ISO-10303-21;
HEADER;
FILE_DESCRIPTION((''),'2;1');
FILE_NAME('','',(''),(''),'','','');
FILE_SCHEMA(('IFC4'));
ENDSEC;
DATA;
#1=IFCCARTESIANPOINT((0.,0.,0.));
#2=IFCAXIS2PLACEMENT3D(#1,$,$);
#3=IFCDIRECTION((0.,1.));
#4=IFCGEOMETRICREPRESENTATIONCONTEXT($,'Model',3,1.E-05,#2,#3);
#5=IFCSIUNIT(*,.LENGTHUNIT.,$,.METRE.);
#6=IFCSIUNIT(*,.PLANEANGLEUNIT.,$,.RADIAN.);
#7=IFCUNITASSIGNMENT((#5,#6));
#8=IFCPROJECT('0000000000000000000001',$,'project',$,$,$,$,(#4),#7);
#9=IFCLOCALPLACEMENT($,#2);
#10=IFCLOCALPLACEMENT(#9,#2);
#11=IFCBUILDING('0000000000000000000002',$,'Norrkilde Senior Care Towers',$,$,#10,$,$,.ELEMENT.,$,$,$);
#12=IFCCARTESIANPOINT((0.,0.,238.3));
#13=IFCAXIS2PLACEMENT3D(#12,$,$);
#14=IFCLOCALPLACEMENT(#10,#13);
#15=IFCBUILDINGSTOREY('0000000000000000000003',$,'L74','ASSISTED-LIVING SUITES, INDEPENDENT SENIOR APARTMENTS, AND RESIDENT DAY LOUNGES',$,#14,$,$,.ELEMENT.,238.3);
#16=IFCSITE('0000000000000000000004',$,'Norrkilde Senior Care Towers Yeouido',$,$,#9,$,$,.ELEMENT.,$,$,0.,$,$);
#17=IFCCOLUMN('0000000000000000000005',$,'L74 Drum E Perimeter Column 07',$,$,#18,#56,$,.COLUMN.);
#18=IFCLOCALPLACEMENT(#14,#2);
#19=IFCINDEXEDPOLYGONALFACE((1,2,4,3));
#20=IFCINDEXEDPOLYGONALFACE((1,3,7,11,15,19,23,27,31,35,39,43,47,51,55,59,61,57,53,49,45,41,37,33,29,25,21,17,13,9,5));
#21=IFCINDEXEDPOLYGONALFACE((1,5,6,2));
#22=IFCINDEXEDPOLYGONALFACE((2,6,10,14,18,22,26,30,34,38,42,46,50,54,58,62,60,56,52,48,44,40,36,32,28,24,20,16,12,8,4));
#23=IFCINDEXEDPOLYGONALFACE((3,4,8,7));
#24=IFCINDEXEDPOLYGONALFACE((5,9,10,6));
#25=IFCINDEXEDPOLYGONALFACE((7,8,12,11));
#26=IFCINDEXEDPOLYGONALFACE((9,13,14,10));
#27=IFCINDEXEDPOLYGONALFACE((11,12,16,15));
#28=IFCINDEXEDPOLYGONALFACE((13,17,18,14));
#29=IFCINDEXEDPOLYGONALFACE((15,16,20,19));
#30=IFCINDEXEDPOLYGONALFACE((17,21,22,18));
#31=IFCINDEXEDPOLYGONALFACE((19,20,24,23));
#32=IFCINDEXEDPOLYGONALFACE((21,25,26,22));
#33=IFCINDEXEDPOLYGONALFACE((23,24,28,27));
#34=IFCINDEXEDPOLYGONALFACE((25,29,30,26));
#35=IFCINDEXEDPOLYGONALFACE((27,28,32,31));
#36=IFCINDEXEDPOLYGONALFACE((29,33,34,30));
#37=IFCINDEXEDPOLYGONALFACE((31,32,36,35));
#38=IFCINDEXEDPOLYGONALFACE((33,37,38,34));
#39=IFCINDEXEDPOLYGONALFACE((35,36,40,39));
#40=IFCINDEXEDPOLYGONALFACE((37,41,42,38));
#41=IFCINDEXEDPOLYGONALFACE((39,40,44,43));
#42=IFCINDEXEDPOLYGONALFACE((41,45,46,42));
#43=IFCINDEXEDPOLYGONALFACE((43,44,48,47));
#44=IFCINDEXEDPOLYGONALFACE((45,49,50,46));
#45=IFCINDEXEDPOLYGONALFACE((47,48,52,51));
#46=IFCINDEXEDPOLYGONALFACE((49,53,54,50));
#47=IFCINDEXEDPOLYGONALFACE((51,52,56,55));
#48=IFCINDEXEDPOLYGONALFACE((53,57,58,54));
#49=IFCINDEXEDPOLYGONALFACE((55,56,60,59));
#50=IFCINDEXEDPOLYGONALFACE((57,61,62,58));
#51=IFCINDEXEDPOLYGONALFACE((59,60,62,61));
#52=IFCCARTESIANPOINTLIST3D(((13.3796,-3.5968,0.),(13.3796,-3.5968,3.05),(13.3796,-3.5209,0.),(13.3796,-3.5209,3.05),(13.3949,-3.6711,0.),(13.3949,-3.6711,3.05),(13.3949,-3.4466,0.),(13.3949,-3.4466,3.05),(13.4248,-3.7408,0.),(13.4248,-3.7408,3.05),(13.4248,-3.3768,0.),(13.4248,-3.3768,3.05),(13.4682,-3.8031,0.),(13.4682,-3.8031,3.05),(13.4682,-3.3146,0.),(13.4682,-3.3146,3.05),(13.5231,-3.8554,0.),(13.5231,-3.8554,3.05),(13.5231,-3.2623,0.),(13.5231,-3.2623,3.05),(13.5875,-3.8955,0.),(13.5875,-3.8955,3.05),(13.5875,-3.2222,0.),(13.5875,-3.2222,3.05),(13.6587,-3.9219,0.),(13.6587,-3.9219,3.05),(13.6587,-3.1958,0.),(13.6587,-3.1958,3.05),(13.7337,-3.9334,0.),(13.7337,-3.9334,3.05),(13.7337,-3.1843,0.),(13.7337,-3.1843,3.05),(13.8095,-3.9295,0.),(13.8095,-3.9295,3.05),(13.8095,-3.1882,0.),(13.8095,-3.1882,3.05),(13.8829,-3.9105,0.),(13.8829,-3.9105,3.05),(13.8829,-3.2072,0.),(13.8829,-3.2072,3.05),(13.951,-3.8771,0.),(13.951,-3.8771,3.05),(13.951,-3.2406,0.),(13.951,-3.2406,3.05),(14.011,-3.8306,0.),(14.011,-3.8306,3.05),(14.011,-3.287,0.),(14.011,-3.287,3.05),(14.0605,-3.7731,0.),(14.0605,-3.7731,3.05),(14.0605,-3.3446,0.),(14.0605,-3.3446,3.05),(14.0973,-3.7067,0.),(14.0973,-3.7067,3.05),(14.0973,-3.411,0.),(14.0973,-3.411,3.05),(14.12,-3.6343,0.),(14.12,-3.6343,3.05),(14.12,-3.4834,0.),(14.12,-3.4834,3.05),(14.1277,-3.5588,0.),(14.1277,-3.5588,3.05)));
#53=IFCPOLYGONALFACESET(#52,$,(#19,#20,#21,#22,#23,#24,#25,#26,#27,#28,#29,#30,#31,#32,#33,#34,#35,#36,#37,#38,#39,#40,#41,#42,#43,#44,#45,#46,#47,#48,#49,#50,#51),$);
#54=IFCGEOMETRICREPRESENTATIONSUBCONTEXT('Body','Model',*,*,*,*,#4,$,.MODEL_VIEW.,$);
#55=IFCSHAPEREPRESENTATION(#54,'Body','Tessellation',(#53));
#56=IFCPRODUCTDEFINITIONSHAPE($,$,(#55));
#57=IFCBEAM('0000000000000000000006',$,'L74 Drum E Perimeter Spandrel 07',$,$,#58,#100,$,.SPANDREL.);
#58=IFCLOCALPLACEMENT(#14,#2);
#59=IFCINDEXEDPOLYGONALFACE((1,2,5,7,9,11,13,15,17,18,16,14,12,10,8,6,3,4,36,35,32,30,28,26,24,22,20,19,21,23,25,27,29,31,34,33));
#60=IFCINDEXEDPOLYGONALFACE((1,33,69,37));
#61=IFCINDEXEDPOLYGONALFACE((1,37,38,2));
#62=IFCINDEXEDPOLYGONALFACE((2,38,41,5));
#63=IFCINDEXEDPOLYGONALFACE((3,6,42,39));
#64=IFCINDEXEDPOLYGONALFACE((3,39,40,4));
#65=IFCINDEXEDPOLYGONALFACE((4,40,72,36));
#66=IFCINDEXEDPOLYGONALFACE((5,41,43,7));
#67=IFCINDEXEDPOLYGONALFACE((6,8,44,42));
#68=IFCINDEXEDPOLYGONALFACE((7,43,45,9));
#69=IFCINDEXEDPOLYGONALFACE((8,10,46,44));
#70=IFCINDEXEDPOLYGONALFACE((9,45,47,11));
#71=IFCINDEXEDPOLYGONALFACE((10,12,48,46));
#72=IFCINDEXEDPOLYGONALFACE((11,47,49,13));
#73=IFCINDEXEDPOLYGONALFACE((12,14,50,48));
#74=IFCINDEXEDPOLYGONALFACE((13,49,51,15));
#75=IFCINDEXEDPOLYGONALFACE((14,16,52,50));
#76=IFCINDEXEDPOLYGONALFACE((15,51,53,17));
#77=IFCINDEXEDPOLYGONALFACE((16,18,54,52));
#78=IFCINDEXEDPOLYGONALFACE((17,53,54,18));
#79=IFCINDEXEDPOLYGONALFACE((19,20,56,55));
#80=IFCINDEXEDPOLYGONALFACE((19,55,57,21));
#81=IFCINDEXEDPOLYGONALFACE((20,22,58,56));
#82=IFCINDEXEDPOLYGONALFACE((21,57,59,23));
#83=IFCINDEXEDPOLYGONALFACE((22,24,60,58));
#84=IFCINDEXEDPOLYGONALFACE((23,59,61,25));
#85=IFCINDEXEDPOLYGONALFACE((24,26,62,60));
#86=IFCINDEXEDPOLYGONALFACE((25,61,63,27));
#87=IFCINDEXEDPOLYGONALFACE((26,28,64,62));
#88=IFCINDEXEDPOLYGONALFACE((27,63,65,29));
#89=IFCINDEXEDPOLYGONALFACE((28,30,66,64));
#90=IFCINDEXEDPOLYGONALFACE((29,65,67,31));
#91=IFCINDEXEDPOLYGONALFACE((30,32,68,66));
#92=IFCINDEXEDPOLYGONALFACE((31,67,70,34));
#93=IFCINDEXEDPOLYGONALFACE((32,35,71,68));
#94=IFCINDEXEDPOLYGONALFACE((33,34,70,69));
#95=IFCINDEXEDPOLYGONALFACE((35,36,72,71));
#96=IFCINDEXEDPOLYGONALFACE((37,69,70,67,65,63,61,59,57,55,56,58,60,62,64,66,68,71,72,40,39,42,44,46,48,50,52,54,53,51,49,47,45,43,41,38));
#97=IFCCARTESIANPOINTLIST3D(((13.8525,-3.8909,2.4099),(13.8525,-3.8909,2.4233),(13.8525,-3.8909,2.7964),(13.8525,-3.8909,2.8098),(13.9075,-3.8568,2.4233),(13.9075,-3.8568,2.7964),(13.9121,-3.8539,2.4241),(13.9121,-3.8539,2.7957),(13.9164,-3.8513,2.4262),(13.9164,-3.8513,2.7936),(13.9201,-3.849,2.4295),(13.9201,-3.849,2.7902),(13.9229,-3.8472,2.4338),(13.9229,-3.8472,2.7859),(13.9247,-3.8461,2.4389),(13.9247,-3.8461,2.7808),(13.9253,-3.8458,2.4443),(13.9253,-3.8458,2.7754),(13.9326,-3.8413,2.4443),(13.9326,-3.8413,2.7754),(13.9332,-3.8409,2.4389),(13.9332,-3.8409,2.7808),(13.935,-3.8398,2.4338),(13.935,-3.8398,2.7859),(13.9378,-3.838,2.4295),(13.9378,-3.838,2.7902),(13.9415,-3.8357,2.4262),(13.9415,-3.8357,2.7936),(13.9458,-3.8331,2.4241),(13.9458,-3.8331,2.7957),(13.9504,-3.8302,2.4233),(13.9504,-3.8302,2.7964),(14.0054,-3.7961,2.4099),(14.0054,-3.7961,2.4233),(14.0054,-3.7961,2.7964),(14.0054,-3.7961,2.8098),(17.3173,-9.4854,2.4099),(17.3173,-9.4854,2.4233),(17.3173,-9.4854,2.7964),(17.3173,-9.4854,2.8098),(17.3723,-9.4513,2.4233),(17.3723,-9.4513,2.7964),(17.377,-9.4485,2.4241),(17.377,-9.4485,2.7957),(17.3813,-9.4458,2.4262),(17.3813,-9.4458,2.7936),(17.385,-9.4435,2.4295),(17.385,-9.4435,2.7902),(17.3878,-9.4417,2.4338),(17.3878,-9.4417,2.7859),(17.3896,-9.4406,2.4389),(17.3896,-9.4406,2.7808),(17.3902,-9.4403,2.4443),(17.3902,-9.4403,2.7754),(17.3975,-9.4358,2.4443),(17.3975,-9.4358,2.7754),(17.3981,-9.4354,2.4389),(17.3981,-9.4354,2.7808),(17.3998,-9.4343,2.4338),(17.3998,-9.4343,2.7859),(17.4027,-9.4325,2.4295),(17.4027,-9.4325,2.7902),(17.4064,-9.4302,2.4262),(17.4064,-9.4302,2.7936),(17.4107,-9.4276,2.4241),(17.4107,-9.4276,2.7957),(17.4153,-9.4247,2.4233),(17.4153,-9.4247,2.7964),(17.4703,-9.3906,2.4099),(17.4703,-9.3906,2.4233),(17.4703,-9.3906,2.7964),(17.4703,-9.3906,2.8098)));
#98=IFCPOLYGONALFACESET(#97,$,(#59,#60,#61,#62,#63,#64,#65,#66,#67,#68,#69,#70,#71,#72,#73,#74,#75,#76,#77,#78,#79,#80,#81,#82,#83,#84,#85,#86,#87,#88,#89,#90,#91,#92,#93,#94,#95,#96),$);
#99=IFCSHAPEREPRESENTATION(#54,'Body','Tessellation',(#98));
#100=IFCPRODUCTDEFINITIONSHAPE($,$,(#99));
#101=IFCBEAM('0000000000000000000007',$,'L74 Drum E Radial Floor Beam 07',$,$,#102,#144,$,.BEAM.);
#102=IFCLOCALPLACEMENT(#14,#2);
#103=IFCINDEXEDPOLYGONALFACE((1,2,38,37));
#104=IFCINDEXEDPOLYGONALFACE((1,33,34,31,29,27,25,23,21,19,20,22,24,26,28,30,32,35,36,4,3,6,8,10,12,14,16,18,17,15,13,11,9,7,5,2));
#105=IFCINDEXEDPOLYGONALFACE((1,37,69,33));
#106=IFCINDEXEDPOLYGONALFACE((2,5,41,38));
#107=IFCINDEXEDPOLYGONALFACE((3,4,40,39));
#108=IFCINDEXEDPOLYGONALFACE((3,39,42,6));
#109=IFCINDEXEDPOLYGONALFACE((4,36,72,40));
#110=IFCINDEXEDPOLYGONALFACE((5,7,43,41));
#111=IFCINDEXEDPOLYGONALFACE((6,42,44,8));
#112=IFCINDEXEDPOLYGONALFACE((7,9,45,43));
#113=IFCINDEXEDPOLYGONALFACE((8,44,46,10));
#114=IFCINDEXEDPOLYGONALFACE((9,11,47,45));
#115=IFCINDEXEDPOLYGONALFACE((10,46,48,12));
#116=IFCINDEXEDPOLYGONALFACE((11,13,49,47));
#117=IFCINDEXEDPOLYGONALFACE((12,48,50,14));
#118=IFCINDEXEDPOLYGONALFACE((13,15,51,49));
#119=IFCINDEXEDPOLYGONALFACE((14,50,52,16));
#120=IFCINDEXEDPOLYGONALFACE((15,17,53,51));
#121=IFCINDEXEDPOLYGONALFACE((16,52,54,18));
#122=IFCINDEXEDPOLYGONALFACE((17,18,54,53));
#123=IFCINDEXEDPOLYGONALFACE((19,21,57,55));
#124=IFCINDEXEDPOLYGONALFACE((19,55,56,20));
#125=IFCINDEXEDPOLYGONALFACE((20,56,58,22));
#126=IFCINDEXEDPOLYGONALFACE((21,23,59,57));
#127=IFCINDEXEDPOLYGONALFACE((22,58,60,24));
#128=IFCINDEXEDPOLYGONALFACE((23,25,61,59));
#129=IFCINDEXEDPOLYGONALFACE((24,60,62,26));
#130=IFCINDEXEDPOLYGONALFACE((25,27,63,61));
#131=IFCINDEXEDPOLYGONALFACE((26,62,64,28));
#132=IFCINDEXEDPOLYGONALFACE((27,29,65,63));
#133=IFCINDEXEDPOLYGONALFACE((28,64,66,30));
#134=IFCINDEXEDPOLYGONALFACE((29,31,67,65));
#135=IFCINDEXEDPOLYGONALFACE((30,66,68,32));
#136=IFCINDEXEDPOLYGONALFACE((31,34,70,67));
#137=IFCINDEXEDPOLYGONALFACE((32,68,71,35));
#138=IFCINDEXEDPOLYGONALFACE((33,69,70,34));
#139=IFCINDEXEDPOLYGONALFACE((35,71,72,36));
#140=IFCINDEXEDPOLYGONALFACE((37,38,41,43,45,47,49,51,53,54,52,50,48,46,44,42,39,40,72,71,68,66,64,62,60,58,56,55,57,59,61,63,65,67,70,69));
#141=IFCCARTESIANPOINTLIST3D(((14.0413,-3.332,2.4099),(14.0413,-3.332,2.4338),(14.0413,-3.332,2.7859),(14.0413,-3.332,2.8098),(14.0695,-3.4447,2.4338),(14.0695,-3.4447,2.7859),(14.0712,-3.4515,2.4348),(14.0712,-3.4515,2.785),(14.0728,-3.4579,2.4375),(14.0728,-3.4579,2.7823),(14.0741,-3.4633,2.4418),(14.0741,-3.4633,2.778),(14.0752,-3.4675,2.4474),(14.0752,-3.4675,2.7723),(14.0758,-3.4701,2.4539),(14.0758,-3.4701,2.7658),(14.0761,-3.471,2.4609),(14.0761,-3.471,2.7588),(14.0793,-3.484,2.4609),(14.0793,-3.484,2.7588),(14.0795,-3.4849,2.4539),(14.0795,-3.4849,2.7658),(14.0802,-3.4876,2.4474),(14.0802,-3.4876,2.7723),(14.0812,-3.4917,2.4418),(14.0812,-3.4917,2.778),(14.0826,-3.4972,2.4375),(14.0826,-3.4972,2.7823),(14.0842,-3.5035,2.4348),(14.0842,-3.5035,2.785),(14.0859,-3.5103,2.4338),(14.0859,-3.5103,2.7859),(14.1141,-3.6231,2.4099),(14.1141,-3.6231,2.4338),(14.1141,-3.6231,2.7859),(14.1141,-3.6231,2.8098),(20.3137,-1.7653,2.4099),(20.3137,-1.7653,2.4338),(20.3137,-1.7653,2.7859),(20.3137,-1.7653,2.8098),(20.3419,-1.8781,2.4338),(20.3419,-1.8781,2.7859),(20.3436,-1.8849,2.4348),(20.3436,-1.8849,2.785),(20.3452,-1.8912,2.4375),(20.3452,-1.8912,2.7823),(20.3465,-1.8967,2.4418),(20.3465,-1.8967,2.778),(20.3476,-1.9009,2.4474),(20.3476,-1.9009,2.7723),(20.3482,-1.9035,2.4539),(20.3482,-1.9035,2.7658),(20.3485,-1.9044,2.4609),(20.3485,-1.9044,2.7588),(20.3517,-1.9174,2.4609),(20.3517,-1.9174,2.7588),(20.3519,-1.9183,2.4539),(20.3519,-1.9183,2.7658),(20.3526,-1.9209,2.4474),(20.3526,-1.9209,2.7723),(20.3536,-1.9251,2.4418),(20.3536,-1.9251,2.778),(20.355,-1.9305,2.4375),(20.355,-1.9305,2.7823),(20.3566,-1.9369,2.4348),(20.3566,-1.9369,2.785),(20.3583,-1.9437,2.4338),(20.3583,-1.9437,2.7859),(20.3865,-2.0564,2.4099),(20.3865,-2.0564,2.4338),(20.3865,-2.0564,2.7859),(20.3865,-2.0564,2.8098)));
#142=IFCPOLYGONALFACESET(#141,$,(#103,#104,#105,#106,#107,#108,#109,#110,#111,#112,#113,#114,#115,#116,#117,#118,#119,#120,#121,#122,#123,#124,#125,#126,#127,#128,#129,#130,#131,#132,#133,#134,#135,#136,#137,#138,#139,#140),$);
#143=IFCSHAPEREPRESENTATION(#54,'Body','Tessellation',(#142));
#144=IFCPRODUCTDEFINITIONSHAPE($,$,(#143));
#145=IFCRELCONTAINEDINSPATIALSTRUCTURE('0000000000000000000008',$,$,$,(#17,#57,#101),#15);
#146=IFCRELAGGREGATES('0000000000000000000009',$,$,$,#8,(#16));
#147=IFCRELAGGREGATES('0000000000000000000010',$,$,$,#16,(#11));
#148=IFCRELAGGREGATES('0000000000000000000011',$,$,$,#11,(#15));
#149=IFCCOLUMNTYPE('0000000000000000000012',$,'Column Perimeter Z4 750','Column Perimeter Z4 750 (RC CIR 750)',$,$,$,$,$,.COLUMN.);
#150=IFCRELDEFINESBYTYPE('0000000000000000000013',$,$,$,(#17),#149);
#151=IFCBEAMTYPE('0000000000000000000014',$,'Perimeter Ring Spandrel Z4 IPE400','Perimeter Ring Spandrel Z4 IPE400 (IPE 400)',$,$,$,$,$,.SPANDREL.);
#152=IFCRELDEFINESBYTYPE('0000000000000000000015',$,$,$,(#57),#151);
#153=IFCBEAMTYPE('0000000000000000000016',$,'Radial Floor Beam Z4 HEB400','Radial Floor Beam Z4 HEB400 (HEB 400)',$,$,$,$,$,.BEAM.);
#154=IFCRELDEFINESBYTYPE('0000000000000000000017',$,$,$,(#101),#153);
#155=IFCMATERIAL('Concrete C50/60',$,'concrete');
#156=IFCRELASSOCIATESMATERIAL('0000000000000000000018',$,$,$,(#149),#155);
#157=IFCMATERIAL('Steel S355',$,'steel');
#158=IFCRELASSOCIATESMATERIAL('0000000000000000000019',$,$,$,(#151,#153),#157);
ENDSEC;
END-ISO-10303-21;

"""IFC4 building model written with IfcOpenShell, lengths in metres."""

from ifc_helpers import new_model, si_unit, direction, frame, origin, origin_2d, place, context, subcontext, project, spatial, circle, i_section, extrude, source, transform, mapped, material, material_profile, profile_set, type_object, type_shapes, element, save


model = new_model("IFC4")

# Units and contexts
model_context = context("Model", 3, precision=1e-05, world=origin(), true_north=direction((0.0, 1.0)))
body_context = subcontext(model_context, "Body", "Model", "MODEL_VIEW")
ifc_project = project(units=[si_unit("LENGTHUNIT", "METRE"), si_unit("PLANEANGLEUNIT", "RADIAN")], contexts=[model_context])

# Site, building, storey
site_placement = place(None, origin())
site = spatial("IfcSite", under=ifc_project, at=site_placement, Name="Norrkilde Senior Care Towers Yeouido", CompositionType="ELEMENT", RefElevation=0.0)
building_placement = place(site_placement, origin())
building = spatial("IfcBuilding", under=site, at=building_placement, Name="Norrkilde Senior Care Towers", CompositionType="ELEMENT")
storey_placement = place(building_placement, frame((0.0, 0.0, 238.3)))
storey = spatial("IfcBuildingStorey", under=building, at=storey_placement, Name="L74", Description="ASSISTED-LIVING SUITES, INDEPENDENT SENIOR APARTMENTS, AND RESIDENT DAY LOUNGES", CompositionType="ELEMENT", Elevation=238.3)

# Column
ifc_material_1 = material(Name="Concrete C50/60", Category="concrete")
ifc_material_profile_1 = material_profile(ifc_material_1, circle(Radius=0.375, at=origin_2d()), Name="RC CIR 750")
ifc_profile_set_1 = profile_set([ifc_material_profile_1], Name="Concrete C50/60")
column_type = type_object("IfcColumnType", Name="Column Perimeter Z4 750", Description="Column Perimeter Z4 750 (RC CIR 750)", PredefinedType="COLUMN", material=ifc_profile_set_1)
shared_shape_1 = source(origin(), body_context, "Body", "SweptSolid", [
    extrude(circle(Radius=0.375, at=origin_2d()), origin(), (0.0, 0.0, 1.0), 3.05),
])
type_shapes(column_type, [shared_shape_1])
column_placement = place(storey_placement, frame((13.7527, -3.5588, 0.0), z_axis=(0.0, 0.0, 1.0), x_axis=(1.0, 0.0, 0.0)))
element("IfcColumn", 1, at=column_placement, inside=storey, type_object=column_type, Name="L74 Drum E Perimeter Column 07", PredefinedType="COLUMN", context=body_context, shape_type="MappedRepresentation", body=[
    mapped(shared_shape_1, transform((0.0, 0.0, 0.0), x_axis=(1.0, 0.0, 0.0), y_axis=(0.0, 1.0, 0.0), z_axis=(0.0, 0.0, 1.0), scale=1.0)),
])

# Beams
ifc_material_2 = material(Name="Steel S355", Category="steel")
ifc_material_profile_2 = material_profile(ifc_material_2, i_section(OverallWidth=0.1799, OverallDepth=0.3999, WebThickness=0.0085, FlangeThickness=0.0134, FilletRadius=0.021, at=origin_2d()), Name="IPE 400")
ifc_profile_set_2 = profile_set([ifc_material_profile_2], Name="Steel S355")
beam_type_1 = type_object("IfcBeamType", Name="Perimeter Ring Spandrel Z4 IPE400", Description="Perimeter Ring Spandrel Z4 IPE400 (IPE 400)", PredefinedType="SPANDREL", material=ifc_profile_set_2)
shared_shape_2 = source(origin(), body_context, "Body", "SweptSolid", [
    extrude(i_section(OverallWidth=0.1799, OverallDepth=0.3999, WebThickness=0.0085, FlangeThickness=0.0134, FilletRadius=0.021, at=origin_2d()), origin(), (0.0, 0.0, 1.0), 6.5806),
])
type_shapes(beam_type_1, [shared_shape_2])
beam_1_placement = place(storey_placement, frame((13.929, -3.8435, 2.6099), z_axis=(0.52653, -0.850157, 0.0), x_axis=(0.850157, 0.52653, 0.0)))
element("IfcBeam", 2, at=beam_1_placement, inside=storey, type_object=beam_type_1, Name="L74 Drum E Perimeter Spandrel 07", PredefinedType="SPANDREL", context=body_context, shape_type="MappedRepresentation", body=[
    mapped(shared_shape_2, transform((0.0, 0.0, 0.0), x_axis=(1.0, 0.0, 0.0), y_axis=(0.0, 1.0, 0.0), z_axis=(0.0, 0.0, 1.0), scale=1.0)),
])
ifc_material_profile_3 = material_profile(ifc_material_2, i_section(OverallWidth=0.3, OverallDepth=0.3999, WebThickness=0.0134, FlangeThickness=0.0239, FilletRadius=0.0271, at=origin_2d()), Name="HEB 400")
ifc_profile_set_3 = profile_set([ifc_material_profile_3], Name="Steel S355")
beam_type_2 = type_object("IfcBeamType", Name="Radial Floor Beam Z4 HEB400", Description="Radial Floor Beam Z4 HEB400 (HEB 400)", PredefinedType="BEAM", material=ifc_profile_set_3)
shared_shape_3 = source(origin(), body_context, "Body", "SweptSolid", [
    extrude(i_section(OverallWidth=0.3, OverallDepth=0.3999, WebThickness=0.0134, FlangeThickness=0.0239, FilletRadius=0.0271, at=origin_2d()), origin(), (0.0, 0.0, 1.0), 6.4651),
])
type_shapes(beam_type_2, [shared_shape_3])
beam_2_placement = place(storey_placement, frame((20.3501, -1.9109, 2.6099), z_axis=(-0.970196, -0.242322, 0.0), x_axis=(0.242322, -0.970196, 0.0)))
element("IfcBeam", 3, at=beam_2_placement, inside=storey, type_object=beam_type_2, Name="L74 Drum E Radial Floor Beam 07", PredefinedType="BEAM", context=body_context, shape_type="MappedRepresentation", body=[
    mapped(shared_shape_3, transform((0.0, 0.0, 0.0), x_axis=(1.0, 0.0, 0.0), y_axis=(0.0, 1.0, 0.0), z_axis=(0.0, 0.0, 1.0), scale=1.0)),
])

save(model, "model.ifc")
